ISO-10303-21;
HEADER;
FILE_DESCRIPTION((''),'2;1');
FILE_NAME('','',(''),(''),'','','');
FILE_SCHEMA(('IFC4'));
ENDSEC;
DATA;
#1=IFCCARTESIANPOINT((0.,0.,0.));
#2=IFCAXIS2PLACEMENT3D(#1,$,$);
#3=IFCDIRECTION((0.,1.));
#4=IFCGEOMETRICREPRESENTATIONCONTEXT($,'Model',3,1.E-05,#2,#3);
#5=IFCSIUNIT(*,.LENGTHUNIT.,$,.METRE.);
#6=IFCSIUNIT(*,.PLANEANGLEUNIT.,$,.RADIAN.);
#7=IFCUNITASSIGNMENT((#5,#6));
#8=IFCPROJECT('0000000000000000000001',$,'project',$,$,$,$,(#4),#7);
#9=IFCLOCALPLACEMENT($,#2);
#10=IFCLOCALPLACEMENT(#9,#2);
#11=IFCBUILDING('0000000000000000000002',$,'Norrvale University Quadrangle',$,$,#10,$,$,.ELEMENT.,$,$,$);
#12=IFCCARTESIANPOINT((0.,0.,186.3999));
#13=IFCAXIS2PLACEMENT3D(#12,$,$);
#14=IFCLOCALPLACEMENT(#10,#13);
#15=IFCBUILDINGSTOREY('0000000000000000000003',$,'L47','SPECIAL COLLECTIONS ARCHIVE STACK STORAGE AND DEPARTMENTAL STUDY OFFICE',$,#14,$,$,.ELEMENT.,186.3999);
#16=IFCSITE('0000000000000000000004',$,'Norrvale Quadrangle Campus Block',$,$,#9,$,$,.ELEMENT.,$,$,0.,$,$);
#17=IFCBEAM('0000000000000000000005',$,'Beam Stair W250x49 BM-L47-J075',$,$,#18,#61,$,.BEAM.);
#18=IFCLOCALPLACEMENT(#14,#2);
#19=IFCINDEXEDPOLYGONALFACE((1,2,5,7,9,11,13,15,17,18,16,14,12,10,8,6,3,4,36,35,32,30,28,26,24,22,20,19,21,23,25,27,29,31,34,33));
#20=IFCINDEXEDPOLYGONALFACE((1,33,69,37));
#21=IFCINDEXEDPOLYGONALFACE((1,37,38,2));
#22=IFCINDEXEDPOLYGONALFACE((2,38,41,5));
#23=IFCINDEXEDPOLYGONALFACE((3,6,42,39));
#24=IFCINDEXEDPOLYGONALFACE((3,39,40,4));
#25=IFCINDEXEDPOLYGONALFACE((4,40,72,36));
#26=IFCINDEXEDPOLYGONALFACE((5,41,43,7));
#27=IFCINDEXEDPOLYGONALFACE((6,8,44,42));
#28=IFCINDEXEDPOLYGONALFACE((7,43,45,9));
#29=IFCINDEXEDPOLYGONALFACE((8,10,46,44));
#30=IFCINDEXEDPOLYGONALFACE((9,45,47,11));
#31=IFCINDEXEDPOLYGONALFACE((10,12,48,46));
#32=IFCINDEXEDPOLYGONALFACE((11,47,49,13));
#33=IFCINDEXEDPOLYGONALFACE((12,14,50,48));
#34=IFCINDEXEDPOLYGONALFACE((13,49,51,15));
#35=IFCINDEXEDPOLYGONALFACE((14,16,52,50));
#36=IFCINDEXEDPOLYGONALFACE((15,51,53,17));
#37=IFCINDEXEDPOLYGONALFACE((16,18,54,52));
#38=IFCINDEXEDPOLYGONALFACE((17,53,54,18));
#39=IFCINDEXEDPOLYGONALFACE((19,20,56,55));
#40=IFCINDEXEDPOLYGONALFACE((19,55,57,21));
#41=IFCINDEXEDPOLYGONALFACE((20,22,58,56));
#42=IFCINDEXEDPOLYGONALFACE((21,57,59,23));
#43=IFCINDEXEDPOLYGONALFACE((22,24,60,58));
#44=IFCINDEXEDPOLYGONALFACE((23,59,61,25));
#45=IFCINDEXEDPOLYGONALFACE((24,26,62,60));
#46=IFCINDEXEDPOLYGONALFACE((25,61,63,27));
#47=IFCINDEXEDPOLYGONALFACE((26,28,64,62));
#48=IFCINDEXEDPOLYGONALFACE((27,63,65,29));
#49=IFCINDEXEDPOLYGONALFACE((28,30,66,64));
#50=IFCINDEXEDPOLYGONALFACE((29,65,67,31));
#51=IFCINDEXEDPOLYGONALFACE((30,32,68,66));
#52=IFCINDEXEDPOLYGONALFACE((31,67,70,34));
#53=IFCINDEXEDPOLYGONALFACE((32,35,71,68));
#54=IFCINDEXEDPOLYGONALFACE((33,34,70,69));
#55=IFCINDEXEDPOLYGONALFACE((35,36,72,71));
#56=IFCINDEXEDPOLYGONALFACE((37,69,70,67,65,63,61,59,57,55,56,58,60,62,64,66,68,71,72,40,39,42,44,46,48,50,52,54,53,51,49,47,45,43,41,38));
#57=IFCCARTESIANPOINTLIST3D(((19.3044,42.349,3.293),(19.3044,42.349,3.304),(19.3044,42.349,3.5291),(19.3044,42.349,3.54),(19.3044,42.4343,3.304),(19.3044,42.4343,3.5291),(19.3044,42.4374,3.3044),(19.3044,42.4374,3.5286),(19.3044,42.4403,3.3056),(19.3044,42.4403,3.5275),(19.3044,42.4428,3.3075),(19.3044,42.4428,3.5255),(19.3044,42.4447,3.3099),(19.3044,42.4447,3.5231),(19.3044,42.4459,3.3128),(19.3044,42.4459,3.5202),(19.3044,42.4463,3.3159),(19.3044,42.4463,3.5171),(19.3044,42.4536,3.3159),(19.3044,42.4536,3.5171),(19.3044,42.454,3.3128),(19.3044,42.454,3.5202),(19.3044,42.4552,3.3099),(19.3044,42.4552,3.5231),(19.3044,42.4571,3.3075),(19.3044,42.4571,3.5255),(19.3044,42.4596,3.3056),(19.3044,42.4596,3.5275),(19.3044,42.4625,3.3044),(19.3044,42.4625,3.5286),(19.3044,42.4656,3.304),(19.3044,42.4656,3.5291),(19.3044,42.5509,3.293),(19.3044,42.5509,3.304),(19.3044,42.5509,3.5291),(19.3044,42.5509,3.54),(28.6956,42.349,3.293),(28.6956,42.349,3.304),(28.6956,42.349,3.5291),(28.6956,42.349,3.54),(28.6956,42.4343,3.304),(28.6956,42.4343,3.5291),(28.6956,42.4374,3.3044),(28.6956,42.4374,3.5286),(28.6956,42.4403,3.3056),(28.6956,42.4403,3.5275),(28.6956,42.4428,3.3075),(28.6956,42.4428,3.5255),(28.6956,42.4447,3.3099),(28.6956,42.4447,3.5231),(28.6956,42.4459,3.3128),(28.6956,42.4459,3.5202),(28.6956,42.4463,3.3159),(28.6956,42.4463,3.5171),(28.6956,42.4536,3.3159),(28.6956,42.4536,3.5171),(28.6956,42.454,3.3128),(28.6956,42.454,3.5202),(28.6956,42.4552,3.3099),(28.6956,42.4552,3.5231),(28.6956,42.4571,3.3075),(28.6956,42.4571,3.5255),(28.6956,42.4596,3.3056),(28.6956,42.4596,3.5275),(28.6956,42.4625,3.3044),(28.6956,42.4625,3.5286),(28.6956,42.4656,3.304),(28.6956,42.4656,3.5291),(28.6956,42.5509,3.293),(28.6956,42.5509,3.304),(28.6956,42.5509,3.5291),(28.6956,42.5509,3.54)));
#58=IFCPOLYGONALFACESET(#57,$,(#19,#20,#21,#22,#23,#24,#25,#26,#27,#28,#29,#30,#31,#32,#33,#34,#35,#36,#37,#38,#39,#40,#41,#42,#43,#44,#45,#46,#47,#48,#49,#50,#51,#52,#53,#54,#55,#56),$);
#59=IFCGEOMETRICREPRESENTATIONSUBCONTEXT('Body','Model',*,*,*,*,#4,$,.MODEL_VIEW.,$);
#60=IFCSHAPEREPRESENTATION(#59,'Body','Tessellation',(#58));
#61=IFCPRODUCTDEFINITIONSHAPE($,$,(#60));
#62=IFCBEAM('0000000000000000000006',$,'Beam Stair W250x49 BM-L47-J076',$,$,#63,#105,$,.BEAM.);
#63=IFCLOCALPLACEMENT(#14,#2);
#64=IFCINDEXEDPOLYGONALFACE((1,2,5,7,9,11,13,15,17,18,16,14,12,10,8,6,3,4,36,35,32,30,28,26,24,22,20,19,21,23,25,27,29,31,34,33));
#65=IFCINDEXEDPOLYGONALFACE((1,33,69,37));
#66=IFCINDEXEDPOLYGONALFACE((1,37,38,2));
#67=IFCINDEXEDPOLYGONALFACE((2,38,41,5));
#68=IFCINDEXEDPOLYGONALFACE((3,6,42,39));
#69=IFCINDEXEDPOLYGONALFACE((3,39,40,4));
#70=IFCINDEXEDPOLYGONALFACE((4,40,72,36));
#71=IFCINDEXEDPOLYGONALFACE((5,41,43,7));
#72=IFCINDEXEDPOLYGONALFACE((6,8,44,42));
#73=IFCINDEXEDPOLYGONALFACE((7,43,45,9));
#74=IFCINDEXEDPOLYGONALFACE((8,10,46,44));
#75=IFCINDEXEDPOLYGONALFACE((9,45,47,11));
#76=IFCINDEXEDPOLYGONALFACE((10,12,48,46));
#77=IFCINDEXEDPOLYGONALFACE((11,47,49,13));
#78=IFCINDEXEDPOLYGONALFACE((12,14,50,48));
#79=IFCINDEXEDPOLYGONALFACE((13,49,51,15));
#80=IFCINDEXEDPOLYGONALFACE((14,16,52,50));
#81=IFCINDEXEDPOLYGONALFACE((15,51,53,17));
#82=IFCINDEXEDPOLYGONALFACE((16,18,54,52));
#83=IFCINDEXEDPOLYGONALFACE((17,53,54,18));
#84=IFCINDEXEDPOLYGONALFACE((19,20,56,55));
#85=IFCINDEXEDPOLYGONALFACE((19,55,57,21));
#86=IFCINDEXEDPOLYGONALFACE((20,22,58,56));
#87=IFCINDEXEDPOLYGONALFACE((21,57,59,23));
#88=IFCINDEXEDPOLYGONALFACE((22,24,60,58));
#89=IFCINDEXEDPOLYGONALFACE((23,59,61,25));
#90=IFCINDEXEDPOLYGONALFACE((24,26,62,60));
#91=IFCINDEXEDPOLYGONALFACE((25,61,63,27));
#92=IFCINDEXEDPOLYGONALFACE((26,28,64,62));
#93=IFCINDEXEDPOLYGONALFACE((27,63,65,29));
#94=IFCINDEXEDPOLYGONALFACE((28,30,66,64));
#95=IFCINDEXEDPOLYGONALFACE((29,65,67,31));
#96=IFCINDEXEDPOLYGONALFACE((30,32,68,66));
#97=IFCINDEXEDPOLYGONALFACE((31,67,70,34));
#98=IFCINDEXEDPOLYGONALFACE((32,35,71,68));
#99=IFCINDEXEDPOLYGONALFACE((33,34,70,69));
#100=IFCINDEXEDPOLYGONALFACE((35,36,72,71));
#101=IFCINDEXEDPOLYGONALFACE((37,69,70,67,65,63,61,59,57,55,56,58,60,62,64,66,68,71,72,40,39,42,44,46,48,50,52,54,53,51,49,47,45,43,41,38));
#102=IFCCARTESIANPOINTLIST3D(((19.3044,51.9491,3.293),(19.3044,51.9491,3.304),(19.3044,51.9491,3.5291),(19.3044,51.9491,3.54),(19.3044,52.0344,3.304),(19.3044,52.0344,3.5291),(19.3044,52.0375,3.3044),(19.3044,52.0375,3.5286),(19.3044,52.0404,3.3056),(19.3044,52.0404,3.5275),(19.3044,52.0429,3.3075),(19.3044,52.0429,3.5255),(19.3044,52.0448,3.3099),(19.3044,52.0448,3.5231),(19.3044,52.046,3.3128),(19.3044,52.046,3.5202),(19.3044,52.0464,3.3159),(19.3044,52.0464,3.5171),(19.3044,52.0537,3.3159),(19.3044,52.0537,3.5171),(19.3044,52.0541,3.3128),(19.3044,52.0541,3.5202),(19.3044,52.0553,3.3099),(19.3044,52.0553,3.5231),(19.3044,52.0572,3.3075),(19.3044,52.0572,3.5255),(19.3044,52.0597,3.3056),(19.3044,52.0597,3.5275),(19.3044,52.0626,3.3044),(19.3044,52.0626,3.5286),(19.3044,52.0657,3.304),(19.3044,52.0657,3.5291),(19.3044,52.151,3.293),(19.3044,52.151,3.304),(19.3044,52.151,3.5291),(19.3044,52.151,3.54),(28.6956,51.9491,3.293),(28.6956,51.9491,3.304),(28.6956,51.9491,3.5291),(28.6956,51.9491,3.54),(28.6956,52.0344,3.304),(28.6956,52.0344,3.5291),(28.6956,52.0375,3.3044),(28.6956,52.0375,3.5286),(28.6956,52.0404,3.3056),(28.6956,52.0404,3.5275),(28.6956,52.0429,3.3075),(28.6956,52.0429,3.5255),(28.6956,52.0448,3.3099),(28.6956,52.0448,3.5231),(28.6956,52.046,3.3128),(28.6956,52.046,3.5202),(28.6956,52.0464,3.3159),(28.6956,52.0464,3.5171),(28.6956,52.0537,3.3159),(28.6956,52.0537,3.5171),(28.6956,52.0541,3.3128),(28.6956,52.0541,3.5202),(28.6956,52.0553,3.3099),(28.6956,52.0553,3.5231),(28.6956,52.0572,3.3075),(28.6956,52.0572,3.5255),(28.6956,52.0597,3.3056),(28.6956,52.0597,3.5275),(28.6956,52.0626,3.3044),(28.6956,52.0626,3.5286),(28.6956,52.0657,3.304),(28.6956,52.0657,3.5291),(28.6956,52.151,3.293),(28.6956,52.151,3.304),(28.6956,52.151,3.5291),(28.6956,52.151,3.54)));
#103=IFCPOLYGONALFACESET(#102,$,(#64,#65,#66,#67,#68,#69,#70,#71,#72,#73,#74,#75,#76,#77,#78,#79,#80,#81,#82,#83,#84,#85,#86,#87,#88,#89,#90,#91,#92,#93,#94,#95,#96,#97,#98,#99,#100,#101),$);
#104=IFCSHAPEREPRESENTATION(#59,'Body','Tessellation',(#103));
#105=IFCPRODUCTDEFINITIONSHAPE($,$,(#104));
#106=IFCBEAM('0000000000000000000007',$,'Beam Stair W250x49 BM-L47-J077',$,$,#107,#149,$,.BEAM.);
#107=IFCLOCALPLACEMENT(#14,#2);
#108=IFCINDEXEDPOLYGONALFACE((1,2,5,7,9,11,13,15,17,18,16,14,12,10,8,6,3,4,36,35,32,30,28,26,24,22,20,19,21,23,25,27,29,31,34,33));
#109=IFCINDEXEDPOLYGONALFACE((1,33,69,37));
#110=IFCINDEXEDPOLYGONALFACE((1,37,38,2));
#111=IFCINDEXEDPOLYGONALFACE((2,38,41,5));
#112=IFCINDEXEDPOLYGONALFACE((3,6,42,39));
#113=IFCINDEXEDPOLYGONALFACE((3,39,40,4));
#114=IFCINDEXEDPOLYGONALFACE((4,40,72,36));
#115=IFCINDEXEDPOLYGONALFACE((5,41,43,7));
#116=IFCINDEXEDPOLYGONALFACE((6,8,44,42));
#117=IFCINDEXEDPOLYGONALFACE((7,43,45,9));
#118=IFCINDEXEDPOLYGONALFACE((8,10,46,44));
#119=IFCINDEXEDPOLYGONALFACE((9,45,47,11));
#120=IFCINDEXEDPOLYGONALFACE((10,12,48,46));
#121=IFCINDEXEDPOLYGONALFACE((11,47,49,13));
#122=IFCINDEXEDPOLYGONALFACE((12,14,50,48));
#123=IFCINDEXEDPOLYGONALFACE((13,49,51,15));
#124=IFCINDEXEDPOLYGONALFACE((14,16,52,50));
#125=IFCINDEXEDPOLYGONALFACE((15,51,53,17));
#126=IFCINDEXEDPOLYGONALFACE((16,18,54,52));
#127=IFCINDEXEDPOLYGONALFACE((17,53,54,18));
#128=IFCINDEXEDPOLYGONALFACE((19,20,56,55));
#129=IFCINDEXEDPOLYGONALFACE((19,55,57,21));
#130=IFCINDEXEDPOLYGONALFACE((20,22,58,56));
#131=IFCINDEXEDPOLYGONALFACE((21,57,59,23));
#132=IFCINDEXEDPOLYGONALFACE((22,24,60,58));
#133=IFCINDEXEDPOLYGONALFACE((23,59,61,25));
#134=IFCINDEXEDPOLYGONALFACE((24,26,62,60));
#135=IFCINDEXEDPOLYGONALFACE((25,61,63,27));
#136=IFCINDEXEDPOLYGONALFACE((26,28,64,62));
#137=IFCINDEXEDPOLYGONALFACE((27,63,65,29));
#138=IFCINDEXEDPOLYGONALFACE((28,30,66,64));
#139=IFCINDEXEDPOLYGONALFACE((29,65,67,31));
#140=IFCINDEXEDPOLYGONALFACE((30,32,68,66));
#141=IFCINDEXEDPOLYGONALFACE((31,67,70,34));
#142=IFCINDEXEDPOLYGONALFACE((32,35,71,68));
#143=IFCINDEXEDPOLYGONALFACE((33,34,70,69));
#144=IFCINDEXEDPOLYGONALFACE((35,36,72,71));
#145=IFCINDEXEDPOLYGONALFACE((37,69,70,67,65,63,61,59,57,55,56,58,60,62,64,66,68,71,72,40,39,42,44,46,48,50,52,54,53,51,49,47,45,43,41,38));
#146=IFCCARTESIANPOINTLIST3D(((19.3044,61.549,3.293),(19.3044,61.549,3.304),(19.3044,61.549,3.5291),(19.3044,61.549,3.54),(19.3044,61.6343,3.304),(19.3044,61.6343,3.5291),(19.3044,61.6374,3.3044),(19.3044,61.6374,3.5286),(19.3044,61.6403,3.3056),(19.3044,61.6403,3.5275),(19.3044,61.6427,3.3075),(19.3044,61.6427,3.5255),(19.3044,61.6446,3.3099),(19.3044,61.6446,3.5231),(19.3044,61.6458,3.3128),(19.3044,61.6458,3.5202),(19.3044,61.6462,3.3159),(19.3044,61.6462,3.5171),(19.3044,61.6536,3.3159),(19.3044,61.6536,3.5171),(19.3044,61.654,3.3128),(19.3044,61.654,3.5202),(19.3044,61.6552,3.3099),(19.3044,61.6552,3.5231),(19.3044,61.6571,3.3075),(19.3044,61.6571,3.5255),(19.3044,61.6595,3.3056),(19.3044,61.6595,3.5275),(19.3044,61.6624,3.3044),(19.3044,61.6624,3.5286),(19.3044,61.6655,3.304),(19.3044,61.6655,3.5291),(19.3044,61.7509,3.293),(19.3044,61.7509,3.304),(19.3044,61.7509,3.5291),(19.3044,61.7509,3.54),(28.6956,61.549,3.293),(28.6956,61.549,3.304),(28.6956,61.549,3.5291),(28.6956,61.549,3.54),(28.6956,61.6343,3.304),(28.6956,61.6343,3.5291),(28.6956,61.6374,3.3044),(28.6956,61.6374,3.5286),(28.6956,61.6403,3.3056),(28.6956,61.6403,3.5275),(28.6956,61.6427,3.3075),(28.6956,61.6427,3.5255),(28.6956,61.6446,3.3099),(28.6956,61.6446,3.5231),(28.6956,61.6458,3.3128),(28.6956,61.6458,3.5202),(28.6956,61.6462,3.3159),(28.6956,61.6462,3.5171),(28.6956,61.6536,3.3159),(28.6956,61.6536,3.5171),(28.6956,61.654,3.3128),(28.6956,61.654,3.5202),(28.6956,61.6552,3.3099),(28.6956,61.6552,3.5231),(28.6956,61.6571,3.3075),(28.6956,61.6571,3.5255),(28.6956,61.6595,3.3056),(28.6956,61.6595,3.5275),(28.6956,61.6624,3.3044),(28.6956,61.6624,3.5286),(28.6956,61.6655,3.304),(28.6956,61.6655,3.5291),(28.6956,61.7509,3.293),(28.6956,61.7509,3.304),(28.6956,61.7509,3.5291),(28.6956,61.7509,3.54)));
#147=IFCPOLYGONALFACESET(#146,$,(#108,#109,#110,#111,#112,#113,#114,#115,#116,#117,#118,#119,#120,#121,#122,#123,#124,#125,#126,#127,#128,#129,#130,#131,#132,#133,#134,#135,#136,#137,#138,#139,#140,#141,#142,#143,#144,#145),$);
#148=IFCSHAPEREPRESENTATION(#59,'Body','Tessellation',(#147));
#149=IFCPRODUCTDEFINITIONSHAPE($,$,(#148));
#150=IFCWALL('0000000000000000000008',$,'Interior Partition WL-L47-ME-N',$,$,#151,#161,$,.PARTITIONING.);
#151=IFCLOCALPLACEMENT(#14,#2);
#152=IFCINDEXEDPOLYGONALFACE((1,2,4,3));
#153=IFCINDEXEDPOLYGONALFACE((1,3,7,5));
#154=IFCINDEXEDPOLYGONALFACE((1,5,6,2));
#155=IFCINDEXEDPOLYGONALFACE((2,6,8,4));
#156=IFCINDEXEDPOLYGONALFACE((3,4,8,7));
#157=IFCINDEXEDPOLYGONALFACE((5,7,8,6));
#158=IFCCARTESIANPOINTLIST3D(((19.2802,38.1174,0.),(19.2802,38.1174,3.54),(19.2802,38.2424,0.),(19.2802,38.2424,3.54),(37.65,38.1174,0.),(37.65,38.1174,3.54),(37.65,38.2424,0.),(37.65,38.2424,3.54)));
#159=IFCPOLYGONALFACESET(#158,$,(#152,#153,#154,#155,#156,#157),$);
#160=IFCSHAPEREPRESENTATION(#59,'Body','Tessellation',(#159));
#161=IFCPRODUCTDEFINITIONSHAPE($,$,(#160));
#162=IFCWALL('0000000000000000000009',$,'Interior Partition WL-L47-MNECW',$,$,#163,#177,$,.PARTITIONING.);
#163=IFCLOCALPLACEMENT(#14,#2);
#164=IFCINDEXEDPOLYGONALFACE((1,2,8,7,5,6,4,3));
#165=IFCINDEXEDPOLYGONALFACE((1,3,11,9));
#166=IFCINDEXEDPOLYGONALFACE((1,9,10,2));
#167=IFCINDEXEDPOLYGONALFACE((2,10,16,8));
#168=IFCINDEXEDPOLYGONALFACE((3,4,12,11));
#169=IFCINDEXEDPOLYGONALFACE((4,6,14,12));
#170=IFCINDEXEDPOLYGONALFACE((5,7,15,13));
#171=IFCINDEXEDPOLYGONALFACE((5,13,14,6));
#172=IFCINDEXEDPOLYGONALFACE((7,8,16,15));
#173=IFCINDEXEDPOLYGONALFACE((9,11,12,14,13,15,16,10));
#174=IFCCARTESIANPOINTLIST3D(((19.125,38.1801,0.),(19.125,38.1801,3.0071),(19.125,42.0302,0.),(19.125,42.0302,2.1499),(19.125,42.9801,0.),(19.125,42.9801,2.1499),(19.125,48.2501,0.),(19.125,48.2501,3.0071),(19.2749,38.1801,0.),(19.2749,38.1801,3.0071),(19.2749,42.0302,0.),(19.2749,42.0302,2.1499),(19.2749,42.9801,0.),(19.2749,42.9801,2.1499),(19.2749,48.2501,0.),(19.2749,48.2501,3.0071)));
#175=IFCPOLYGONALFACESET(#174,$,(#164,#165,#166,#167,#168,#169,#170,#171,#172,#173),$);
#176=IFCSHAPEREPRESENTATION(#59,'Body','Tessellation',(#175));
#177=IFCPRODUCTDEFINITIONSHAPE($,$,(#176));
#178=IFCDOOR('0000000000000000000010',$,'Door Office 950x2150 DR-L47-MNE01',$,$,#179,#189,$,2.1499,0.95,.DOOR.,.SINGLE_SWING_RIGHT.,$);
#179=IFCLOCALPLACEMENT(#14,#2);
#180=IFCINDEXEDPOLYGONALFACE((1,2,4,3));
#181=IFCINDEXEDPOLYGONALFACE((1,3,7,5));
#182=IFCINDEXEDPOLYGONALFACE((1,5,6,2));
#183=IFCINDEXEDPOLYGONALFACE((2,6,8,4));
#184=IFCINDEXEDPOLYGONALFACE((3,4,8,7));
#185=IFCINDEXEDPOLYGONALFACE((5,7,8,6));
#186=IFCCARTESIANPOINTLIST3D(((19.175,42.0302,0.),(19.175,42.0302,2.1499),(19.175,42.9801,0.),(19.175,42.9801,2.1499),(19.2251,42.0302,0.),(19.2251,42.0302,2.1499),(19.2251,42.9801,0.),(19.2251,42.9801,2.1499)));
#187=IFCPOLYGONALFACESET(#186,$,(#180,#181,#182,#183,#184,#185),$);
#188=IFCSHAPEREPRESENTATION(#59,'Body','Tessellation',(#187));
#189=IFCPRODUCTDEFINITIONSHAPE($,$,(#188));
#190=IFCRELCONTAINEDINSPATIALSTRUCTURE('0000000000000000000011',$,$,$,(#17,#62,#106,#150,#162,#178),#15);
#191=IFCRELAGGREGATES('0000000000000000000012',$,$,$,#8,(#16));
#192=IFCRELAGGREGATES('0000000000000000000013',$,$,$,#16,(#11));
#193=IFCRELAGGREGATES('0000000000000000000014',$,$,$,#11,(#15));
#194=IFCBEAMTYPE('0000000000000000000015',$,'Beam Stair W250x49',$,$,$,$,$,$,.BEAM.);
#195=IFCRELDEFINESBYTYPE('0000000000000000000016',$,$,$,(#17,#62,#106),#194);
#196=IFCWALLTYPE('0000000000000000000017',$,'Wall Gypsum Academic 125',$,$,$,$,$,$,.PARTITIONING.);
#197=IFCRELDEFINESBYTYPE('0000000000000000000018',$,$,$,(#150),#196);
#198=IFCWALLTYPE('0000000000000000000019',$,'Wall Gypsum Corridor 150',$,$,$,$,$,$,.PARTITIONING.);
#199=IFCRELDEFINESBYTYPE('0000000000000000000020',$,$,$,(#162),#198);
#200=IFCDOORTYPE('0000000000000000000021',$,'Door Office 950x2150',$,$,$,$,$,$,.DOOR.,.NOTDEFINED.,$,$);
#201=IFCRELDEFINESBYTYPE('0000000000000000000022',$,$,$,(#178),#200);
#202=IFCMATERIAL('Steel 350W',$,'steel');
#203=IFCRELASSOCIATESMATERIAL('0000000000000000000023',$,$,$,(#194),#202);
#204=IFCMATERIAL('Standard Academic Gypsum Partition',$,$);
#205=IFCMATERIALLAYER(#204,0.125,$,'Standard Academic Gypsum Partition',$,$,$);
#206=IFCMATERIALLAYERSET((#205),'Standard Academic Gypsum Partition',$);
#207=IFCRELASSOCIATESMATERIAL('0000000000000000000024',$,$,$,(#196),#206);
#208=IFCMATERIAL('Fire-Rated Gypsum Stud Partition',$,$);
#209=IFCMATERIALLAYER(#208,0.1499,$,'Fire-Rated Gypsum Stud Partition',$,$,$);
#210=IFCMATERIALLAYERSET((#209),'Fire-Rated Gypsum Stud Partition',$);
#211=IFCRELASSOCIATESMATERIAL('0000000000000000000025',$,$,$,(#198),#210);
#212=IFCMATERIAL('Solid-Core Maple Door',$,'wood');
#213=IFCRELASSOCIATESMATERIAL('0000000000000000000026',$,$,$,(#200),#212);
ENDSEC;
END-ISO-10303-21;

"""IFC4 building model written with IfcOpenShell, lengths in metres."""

from ifc_helpers import new_model, si_unit, direction, frame, frame_2d, origin, origin_2d, place, context, subcontext, project, spatial, rectangle, i_section, extrude, material, layer, layer_set, material_profile, profile_set, type_object, element, fill, save


model = new_model("IFC4")

# Units and contexts
model_context = context("Model", 3, precision=1e-05, world=origin(), true_north=direction((0.0, 1.0)))
body_context = subcontext(model_context, "Body", "Model", "MODEL_VIEW")
ifc_project = project(units=[si_unit("LENGTHUNIT", "METRE"), si_unit("PLANEANGLEUNIT", "RADIAN")], contexts=[model_context])

# Site, building, storey
site_placement = place(None, origin())
site = spatial("IfcSite", under=ifc_project, at=site_placement, Name="Norrvale Quadrangle Campus Block", CompositionType="ELEMENT", RefElevation=0.0)
building_placement = place(site_placement, origin())
building = spatial("IfcBuilding", under=site, at=building_placement, Name="Norrvale University Quadrangle", CompositionType="ELEMENT")
storey_placement = place(building_placement, frame((0.0, 0.0, 186.3999)))
storey = spatial("IfcBuildingStorey", under=building, at=storey_placement, Name="L47", Description="SPECIAL COLLECTIONS ARCHIVE STACK STORAGE AND DEPARTMENTAL STUDY OFFICE", CompositionType="ELEMENT", Elevation=186.3999)

# Beams
ifc_material_1 = material(Name="Steel 350W", Category="steel")
ifc_material_profile_1 = material_profile(ifc_material_1, i_section(OverallWidth=0.2019, OverallDepth=0.2471, WebThickness=0.0073, FlangeThickness=0.011, FilletRadius=0.012, at=origin_2d()), Name="Steel 350W")
ifc_profile_set_1 = profile_set([ifc_material_profile_1], Name="Steel 350W")
beam_type_1 = type_object("IfcBeamType", Name="Beam Stair W250x49", PredefinedType="BEAM", material=ifc_profile_set_1)
for number, where, z_axis, x_axis, name in (
    (1, (19.3044, 42.45, 3.4165), (1.0, 0.0, 0.0), (0.0, 1.0, 0.0), "Beam Stair W250x49 BM-L47-J075"),
    (2, (19.3044, 52.05, 3.4165), (1.0, 0.0, 0.0), (0.0, 1.0, 0.0), "Beam Stair W250x49 BM-L47-J076"),
    (3, (19.3044, 61.6499, 3.4165), (1.0, 0.0, 0.0), (0.0, 1.0, 0.0), "Beam Stair W250x49 BM-L47-J077"),
):
    element("IfcBeam", number, at=place(storey_placement, frame(where, z_axis=z_axis, x_axis=x_axis)), inside=storey, type_object=beam_type_1, Name=name, PredefinedType="BEAM", context=body_context, shape_type="SweptSolid", body=[
        extrude(i_section(OverallWidth=0.2019, OverallDepth=0.2471, WebThickness=0.0073, FlangeThickness=0.011, FilletRadius=0.012, at=origin_2d()), origin(), (0.0, 0.0, 1.0), 9.3911),
    ])

# Wall
ifc_material_2 = material(Name="Standard Academic Gypsum Partition")
ifc_layer_1 = layer(ifc_material_2, 0.125, Name="Standard Academic Gypsum Partition")
ifc_layer_set_1 = layer_set([ifc_layer_1], Name="Standard Academic Gypsum Partition")
wall_type_1 = type_object("IfcWallType", Name="Wall Gypsum Academic 125", PredefinedType="PARTITIONING", material=ifc_layer_set_1)
wall_1_placement = place(storey_placement, frame((19.28, 38.1799, 0.0), z_axis=(0.0, 0.0, 1.0), x_axis=(1.0, 0.0, 0.0)))
element("IfcWall", 4, at=wall_1_placement, inside=storey, type_object=wall_type_1, Name="Interior Partition WL-L47-ME-N", PredefinedType="PARTITIONING", context=body_context, shape_type="SweptSolid", body=[
    extrude(rectangle(XDim=18.3699, YDim=0.125, at=frame_2d((9.1851, 0.0))), origin(), (0.0, 0.0, 1.0), 3.54),
])

# Wall, opening, door
ifc_material_3 = material(Name="Fire-Rated Gypsum Stud Partition")
ifc_layer_2 = layer(ifc_material_3, 0.1499, Name="Fire-Rated Gypsum Stud Partition")
ifc_layer_set_2 = layer_set([ifc_layer_2], Name="Fire-Rated Gypsum Stud Partition")
wall_type_2 = type_object("IfcWallType", Name="Wall Gypsum Corridor 150", PredefinedType="PARTITIONING", material=ifc_layer_set_2)
wall_2_placement = place(storey_placement, frame((19.2, 38.1799, 0.0), z_axis=(0.0, 0.0, 1.0), x_axis=(0.0, 1.0, 0.0)))
wall_2 = element("IfcWall", 5, at=wall_2_placement, inside=storey, type_object=wall_type_2, Name="Interior Partition WL-L47-MNECW", PredefinedType="PARTITIONING", context=body_context, shape_type="SweptSolid", body=[
    extrude(rectangle(XDim=10.0701, YDim=0.1499, at=frame_2d((5.0352, 0.0))), origin(), (0.0, 0.0, 1.0), 3.0071),
])
opening_1_placement = place(wall_2_placement, frame((3.8501, 0.0, 0.0)))
opening_1 = element("IfcOpeningElement", 6, at=opening_1_placement, cuts=wall_2, PredefinedType="OPENING", context=body_context, shape_type="SweptSolid", body=[
    extrude(rectangle(XDim=0.95, YDim=2.1499, at=frame_2d((0.4751, 1.075))), frame((0.0, 0.0869, 0.0), z_axis=(0.0, -1.0, 0.0), x_axis=(1.0, 0.0, 0.0)), (0.0, 0.0, 1.0), 0.1738),
])
ifc_material_4 = material(Name="Solid-Core Maple Door", Category="wood")
door_type = type_object("IfcDoorType", Name="Door Office 950x2150", OperationType="NOTDEFINED", PredefinedType="DOOR", material=ifc_material_4)
door_1_placement = place(opening_1_placement, origin())
door_1 = element("IfcDoor", 7, at=door_1_placement, inside=storey, type_object=door_type, Name="Door Office 950x2150 DR-L47-MNE01", OperationType="SINGLE_SWING_RIGHT", OverallHeight=2.1499, OverallWidth=0.95, PredefinedType="DOOR", context=body_context, shape_type="SweptSolid", body=[
    extrude(rectangle(XDim=0.95, YDim=2.1499, at=frame_2d((0.4751, 1.075))), frame((0.0, 0.0249, 0.0), z_axis=(0.0, -1.0, 0.0), x_axis=(1.0, 0.0, 0.0)), (0.0, 0.0, 1.0), 0.05),
])
fill(opening_1, door_1)

save(model, "model.ifc")
